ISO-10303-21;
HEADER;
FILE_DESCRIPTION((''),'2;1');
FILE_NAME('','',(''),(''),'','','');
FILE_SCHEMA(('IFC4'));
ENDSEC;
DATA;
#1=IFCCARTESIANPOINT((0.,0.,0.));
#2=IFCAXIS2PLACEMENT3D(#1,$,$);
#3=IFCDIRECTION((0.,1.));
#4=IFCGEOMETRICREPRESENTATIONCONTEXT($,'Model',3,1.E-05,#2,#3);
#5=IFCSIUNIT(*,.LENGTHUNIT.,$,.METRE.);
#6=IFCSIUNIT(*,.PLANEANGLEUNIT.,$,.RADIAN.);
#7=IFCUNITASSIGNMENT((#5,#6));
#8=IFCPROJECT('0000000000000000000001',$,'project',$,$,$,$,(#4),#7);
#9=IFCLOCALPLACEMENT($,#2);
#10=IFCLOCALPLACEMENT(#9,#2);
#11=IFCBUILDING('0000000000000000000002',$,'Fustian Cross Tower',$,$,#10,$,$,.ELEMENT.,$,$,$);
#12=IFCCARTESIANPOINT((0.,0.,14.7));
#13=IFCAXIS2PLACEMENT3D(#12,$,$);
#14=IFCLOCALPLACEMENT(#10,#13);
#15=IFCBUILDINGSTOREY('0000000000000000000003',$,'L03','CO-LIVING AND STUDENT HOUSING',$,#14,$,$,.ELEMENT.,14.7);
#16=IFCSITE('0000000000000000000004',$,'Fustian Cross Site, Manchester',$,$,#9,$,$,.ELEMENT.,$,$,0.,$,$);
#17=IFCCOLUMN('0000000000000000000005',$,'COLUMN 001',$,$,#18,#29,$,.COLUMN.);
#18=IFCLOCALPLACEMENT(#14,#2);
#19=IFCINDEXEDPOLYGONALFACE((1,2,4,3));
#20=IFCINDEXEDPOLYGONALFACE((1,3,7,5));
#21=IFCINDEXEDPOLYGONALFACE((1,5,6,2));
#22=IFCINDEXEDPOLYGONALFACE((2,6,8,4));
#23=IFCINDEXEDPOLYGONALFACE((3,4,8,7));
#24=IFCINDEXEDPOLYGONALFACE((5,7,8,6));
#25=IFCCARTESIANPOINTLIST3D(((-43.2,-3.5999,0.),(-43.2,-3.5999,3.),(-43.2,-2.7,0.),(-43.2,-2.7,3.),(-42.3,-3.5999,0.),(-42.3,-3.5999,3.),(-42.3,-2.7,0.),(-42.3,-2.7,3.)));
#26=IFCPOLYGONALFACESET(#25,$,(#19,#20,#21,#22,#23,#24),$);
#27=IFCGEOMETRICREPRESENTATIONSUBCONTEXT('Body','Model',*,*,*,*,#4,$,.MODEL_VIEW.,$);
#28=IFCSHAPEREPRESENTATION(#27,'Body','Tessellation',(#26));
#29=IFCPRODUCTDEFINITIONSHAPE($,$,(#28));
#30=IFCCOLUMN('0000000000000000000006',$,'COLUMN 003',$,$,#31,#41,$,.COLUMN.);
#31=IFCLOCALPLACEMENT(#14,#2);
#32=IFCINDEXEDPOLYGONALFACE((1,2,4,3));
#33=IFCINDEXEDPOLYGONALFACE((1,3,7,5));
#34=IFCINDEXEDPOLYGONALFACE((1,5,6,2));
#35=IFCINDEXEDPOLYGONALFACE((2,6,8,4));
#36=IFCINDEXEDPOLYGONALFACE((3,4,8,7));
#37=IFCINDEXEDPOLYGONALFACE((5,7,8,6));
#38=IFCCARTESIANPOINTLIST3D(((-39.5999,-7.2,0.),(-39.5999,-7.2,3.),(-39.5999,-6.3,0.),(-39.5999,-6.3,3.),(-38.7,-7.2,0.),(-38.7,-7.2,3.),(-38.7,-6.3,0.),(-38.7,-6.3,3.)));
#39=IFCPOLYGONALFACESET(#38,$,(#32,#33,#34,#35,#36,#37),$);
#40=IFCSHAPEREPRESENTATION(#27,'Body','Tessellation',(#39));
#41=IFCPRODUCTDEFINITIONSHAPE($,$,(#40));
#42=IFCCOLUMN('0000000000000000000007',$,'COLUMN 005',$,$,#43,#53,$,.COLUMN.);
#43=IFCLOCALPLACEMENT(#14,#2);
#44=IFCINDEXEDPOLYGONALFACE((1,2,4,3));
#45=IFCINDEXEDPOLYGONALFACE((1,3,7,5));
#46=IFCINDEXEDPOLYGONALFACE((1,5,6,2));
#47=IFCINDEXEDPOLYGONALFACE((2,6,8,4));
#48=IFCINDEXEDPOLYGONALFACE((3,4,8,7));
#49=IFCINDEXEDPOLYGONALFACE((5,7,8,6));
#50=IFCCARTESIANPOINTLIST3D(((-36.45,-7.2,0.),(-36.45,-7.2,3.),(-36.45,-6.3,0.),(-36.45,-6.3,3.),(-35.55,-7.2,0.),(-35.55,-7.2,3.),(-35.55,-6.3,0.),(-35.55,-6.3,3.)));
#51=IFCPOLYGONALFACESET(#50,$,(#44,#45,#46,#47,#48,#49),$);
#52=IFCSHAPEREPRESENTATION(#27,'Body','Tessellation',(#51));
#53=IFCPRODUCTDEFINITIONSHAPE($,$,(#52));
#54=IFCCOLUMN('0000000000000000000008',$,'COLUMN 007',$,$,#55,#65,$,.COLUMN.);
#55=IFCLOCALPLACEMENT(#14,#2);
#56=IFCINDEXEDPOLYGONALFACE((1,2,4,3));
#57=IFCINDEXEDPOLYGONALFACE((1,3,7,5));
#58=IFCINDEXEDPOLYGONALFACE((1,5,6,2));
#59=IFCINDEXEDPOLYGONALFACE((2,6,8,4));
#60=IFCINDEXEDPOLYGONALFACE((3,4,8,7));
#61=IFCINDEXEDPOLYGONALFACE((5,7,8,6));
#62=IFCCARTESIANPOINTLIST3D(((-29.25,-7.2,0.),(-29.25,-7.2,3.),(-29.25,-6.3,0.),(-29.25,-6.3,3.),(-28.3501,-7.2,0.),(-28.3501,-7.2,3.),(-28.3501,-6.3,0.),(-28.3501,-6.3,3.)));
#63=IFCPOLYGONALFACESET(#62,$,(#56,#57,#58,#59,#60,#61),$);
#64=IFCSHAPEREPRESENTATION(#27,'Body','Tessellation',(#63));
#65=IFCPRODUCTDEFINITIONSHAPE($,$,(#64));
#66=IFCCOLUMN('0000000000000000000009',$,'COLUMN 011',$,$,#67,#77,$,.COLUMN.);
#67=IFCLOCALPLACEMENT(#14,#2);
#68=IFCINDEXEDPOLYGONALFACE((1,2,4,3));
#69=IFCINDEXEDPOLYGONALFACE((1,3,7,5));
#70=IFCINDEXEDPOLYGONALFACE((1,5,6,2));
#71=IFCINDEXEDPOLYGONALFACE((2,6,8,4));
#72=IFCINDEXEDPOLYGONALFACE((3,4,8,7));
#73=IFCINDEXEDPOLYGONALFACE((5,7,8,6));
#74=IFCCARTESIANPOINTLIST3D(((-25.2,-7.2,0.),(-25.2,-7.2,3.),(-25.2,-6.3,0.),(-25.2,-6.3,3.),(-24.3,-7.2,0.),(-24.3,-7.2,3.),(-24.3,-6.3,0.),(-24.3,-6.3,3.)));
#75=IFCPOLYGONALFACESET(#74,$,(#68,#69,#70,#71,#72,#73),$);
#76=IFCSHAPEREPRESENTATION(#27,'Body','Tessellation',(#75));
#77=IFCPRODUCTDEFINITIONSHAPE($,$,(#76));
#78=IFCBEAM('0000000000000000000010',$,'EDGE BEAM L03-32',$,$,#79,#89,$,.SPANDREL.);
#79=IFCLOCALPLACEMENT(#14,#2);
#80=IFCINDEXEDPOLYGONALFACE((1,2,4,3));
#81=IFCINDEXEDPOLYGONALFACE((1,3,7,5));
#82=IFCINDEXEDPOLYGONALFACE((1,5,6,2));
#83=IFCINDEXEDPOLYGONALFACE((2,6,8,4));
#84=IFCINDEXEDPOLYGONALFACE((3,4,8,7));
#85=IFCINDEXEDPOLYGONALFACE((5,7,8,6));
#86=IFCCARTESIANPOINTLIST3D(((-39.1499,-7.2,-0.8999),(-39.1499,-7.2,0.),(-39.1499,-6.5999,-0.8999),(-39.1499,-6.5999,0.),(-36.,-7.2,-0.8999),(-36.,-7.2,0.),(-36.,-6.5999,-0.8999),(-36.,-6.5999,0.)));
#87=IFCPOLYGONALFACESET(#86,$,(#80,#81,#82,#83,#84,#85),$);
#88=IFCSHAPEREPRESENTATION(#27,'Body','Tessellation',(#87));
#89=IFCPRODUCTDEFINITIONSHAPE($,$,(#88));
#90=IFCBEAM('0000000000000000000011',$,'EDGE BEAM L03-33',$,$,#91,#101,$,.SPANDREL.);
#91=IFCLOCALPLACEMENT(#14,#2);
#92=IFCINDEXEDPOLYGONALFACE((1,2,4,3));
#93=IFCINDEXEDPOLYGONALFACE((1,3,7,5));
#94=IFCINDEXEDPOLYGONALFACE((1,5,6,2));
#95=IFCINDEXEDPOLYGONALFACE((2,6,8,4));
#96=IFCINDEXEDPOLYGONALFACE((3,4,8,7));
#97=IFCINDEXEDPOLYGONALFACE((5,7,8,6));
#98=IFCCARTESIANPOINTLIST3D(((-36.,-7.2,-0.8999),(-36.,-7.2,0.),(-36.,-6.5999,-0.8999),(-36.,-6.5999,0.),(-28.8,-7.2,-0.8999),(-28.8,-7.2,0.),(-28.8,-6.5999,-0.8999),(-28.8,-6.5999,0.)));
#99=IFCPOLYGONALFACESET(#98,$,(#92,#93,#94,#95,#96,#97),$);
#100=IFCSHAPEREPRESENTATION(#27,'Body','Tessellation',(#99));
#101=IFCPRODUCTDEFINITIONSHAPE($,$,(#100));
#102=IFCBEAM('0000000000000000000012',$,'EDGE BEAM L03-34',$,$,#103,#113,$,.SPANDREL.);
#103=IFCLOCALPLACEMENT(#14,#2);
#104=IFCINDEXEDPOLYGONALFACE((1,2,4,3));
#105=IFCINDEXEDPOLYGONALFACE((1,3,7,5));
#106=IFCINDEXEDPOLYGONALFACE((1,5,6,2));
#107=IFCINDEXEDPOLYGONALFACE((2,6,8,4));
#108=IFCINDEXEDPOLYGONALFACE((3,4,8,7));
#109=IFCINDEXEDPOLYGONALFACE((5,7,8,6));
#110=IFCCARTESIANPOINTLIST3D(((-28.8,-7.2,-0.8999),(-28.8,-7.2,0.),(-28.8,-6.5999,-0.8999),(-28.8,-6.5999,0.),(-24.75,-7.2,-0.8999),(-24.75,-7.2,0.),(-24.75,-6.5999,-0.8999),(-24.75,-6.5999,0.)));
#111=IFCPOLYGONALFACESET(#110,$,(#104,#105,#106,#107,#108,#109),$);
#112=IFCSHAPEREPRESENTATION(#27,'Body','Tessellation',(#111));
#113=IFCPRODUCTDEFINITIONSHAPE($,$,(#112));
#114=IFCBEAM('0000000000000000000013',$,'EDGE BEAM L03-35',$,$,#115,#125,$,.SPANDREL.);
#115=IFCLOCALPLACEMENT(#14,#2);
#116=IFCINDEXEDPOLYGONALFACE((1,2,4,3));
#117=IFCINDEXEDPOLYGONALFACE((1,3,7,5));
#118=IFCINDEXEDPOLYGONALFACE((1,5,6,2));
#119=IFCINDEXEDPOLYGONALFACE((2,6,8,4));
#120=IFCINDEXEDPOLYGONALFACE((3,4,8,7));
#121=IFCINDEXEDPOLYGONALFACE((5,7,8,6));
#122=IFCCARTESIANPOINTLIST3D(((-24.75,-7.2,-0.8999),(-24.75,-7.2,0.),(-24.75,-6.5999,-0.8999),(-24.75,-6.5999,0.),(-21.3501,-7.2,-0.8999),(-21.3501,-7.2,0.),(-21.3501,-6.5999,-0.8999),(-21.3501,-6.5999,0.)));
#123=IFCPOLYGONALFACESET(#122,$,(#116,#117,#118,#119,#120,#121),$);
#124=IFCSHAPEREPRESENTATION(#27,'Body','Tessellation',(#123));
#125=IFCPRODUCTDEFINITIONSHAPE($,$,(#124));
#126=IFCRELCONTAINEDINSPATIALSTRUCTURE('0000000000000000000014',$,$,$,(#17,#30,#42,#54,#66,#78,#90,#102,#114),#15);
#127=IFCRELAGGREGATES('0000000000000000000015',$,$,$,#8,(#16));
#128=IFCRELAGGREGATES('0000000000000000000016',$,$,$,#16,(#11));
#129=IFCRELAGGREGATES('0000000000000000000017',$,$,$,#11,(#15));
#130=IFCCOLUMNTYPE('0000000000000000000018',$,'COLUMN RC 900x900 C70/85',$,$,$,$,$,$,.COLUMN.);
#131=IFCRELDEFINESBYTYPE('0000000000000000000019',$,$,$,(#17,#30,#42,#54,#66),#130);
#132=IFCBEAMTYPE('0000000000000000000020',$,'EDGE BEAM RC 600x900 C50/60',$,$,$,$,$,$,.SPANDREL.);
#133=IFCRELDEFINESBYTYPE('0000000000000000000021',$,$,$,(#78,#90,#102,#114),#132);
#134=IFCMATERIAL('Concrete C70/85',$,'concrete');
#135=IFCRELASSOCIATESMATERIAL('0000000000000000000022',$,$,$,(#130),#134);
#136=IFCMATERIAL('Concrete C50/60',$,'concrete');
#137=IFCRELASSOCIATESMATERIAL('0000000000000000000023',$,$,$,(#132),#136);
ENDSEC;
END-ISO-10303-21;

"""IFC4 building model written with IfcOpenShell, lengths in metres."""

from ifc_helpers import new_model, si_unit, direction, frame, origin, origin_2d, place, context, subcontext, project, spatial, rectangle, extrude, material, material_profile, profile_set, type_object, element, save


model = new_model("IFC4")

# Units and contexts
model_context = context("Model", 3, precision=1e-05, world=origin(), true_north=direction((0.0, 1.0)))
body_context = subcontext(model_context, "Body", "Model", "MODEL_VIEW")
ifc_project = project(units=[si_unit("LENGTHUNIT", "METRE"), si_unit("PLANEANGLEUNIT", "RADIAN")], contexts=[model_context])

# Site, building, storey
site_placement = place(None, origin())
site = spatial("IfcSite", under=ifc_project, at=site_placement, Name="Fustian Cross Site, Manchester", CompositionType="ELEMENT", RefElevation=0.0)
building_placement = place(site_placement, origin())
building = spatial("IfcBuilding", under=site, at=building_placement, Name="Fustian Cross Tower", CompositionType="ELEMENT")
storey_placement = place(building_placement, frame((0.0, 0.0, 14.7)))
storey = spatial("IfcBuildingStorey", under=building, at=storey_placement, Name="L03", Description="CO-LIVING AND STUDENT HOUSING", CompositionType="ELEMENT", Elevation=14.7)

# Columns
ifc_material_1 = material(Name="Concrete C70/85", Category="concrete")
ifc_material_profile_1 = material_profile(ifc_material_1, rectangle(XDim=0.8999, YDim=0.8999, at=origin_2d()), Name="RC 900x900")
ifc_profile_set_1 = profile_set([ifc_material_profile_1], Name="Concrete C70/85")
column_type = type_object("IfcColumnType", Name="COLUMN RC 900x900 C70/85", PredefinedType="COLUMN", material=ifc_profile_set_1)
for number, where, z_axis, x_axis, name in (
    (1, (-42.75, -3.1499, 0.0), (0.0, 0.0, 1.0), (1.0, 0.0, 0.0), "COLUMN 001"),
    (2, (-39.1499, -6.75, 0.0), (0.0, 0.0, 1.0), (1.0, 0.0, 0.0), "COLUMN 003"),
    (3, (-36.0, -6.75, 0.0), (0.0, 0.0, 1.0), (1.0, 0.0, 0.0), "COLUMN 005"),
    (4, (-28.8, -6.75, 0.0), (0.0, 0.0, 1.0), (1.0, 0.0, 0.0), "COLUMN 007"),
    (5, (-24.75, -6.75, 0.0), (0.0, 0.0, 1.0), (1.0, 0.0, 0.0), "COLUMN 011"),
):
    element("IfcColumn", number, at=place(storey_placement, frame(where, z_axis=z_axis, x_axis=x_axis)), inside=storey, type_object=column_type, Name=name, PredefinedType="COLUMN", context=body_context, shape_type="SweptSolid", body=[
        extrude(rectangle(XDim=0.8999, YDim=0.8999, at=origin_2d()), origin(), (0.0, 0.0, 1.0), 3.0),
    ])

# Beams
ifc_material_2 = material(Name="Concrete C50/60", Category="concrete")
ifc_material_profile_2 = material_profile(ifc_material_2, rectangle(XDim=0.6001, YDim=0.8999, at=origin_2d()), Name="RC 600x900")
ifc_profile_set_2 = profile_set([ifc_material_profile_2], Name="Concrete C50/60")
beam_type = type_object("IfcBeamType", Name="EDGE BEAM RC 600x900 C50/60", PredefinedType="SPANDREL", material=ifc_profile_set_2)
beam_1_placement = place(storey_placement, frame((-39.1499, -6.8999, -0.45), z_axis=(1.0, 0.0, 0.0), x_axis=(0.0, 1.0, 0.0)))
element("IfcBeam", 6, at=beam_1_placement, inside=storey, type_object=beam_type, Name="EDGE BEAM L03-32", PredefinedType="SPANDREL", context=body_context, shape_type="SweptSolid", body=[
    extrude(rectangle(XDim=0.6001, YDim=0.8999, at=origin_2d()), origin(), (0.0, 0.0, 1.0), 3.1499),
])
beam_2_placement = place(storey_placement, frame((-36.0, -6.8999, -0.45), z_axis=(1.0, 0.0, 0.0), x_axis=(0.0, 1.0, 0.0)))
element("IfcBeam", 7, at=beam_2_placement, inside=storey, type_object=beam_type, Name="EDGE BEAM L03-33", PredefinedType="SPANDREL", context=body_context, shape_type="SweptSolid", body=[
    extrude(rectangle(XDim=0.6001, YDim=0.8999, at=origin_2d()), origin(), (0.0, 0.0, 1.0), 7.2),
])
beam_3_placement = place(storey_placement, frame((-28.8, -6.8999, -0.45), z_axis=(1.0, 0.0, 0.0), x_axis=(0.0, 1.0, 0.0)))
element("IfcBeam", 8, at=beam_3_placement, inside=storey, type_object=beam_type, Name="EDGE BEAM L03-34", PredefinedType="SPANDREL", context=body_context, shape_type="SweptSolid", body=[
    extrude(rectangle(XDim=0.6001, YDim=0.8999, at=origin_2d()), origin(), (0.0, 0.0, 1.0), 4.05),
])
beam_4_placement = place(storey_placement, frame((-24.75, -6.8999, -0.45), z_axis=(1.0, 0.0, 0.0), x_axis=(0.0, 1.0, 0.0)))
element("IfcBeam", 9, at=beam_4_placement, inside=storey, type_object=beam_type, Name="EDGE BEAM L03-35", PredefinedType="SPANDREL", context=body_context, shape_type="SweptSolid", body=[
    extrude(rectangle(XDim=0.6001, YDim=0.8999, at=origin_2d()), origin(), (0.0, 0.0, 1.0), 3.3999),
])

save(model, "model.ifc")
